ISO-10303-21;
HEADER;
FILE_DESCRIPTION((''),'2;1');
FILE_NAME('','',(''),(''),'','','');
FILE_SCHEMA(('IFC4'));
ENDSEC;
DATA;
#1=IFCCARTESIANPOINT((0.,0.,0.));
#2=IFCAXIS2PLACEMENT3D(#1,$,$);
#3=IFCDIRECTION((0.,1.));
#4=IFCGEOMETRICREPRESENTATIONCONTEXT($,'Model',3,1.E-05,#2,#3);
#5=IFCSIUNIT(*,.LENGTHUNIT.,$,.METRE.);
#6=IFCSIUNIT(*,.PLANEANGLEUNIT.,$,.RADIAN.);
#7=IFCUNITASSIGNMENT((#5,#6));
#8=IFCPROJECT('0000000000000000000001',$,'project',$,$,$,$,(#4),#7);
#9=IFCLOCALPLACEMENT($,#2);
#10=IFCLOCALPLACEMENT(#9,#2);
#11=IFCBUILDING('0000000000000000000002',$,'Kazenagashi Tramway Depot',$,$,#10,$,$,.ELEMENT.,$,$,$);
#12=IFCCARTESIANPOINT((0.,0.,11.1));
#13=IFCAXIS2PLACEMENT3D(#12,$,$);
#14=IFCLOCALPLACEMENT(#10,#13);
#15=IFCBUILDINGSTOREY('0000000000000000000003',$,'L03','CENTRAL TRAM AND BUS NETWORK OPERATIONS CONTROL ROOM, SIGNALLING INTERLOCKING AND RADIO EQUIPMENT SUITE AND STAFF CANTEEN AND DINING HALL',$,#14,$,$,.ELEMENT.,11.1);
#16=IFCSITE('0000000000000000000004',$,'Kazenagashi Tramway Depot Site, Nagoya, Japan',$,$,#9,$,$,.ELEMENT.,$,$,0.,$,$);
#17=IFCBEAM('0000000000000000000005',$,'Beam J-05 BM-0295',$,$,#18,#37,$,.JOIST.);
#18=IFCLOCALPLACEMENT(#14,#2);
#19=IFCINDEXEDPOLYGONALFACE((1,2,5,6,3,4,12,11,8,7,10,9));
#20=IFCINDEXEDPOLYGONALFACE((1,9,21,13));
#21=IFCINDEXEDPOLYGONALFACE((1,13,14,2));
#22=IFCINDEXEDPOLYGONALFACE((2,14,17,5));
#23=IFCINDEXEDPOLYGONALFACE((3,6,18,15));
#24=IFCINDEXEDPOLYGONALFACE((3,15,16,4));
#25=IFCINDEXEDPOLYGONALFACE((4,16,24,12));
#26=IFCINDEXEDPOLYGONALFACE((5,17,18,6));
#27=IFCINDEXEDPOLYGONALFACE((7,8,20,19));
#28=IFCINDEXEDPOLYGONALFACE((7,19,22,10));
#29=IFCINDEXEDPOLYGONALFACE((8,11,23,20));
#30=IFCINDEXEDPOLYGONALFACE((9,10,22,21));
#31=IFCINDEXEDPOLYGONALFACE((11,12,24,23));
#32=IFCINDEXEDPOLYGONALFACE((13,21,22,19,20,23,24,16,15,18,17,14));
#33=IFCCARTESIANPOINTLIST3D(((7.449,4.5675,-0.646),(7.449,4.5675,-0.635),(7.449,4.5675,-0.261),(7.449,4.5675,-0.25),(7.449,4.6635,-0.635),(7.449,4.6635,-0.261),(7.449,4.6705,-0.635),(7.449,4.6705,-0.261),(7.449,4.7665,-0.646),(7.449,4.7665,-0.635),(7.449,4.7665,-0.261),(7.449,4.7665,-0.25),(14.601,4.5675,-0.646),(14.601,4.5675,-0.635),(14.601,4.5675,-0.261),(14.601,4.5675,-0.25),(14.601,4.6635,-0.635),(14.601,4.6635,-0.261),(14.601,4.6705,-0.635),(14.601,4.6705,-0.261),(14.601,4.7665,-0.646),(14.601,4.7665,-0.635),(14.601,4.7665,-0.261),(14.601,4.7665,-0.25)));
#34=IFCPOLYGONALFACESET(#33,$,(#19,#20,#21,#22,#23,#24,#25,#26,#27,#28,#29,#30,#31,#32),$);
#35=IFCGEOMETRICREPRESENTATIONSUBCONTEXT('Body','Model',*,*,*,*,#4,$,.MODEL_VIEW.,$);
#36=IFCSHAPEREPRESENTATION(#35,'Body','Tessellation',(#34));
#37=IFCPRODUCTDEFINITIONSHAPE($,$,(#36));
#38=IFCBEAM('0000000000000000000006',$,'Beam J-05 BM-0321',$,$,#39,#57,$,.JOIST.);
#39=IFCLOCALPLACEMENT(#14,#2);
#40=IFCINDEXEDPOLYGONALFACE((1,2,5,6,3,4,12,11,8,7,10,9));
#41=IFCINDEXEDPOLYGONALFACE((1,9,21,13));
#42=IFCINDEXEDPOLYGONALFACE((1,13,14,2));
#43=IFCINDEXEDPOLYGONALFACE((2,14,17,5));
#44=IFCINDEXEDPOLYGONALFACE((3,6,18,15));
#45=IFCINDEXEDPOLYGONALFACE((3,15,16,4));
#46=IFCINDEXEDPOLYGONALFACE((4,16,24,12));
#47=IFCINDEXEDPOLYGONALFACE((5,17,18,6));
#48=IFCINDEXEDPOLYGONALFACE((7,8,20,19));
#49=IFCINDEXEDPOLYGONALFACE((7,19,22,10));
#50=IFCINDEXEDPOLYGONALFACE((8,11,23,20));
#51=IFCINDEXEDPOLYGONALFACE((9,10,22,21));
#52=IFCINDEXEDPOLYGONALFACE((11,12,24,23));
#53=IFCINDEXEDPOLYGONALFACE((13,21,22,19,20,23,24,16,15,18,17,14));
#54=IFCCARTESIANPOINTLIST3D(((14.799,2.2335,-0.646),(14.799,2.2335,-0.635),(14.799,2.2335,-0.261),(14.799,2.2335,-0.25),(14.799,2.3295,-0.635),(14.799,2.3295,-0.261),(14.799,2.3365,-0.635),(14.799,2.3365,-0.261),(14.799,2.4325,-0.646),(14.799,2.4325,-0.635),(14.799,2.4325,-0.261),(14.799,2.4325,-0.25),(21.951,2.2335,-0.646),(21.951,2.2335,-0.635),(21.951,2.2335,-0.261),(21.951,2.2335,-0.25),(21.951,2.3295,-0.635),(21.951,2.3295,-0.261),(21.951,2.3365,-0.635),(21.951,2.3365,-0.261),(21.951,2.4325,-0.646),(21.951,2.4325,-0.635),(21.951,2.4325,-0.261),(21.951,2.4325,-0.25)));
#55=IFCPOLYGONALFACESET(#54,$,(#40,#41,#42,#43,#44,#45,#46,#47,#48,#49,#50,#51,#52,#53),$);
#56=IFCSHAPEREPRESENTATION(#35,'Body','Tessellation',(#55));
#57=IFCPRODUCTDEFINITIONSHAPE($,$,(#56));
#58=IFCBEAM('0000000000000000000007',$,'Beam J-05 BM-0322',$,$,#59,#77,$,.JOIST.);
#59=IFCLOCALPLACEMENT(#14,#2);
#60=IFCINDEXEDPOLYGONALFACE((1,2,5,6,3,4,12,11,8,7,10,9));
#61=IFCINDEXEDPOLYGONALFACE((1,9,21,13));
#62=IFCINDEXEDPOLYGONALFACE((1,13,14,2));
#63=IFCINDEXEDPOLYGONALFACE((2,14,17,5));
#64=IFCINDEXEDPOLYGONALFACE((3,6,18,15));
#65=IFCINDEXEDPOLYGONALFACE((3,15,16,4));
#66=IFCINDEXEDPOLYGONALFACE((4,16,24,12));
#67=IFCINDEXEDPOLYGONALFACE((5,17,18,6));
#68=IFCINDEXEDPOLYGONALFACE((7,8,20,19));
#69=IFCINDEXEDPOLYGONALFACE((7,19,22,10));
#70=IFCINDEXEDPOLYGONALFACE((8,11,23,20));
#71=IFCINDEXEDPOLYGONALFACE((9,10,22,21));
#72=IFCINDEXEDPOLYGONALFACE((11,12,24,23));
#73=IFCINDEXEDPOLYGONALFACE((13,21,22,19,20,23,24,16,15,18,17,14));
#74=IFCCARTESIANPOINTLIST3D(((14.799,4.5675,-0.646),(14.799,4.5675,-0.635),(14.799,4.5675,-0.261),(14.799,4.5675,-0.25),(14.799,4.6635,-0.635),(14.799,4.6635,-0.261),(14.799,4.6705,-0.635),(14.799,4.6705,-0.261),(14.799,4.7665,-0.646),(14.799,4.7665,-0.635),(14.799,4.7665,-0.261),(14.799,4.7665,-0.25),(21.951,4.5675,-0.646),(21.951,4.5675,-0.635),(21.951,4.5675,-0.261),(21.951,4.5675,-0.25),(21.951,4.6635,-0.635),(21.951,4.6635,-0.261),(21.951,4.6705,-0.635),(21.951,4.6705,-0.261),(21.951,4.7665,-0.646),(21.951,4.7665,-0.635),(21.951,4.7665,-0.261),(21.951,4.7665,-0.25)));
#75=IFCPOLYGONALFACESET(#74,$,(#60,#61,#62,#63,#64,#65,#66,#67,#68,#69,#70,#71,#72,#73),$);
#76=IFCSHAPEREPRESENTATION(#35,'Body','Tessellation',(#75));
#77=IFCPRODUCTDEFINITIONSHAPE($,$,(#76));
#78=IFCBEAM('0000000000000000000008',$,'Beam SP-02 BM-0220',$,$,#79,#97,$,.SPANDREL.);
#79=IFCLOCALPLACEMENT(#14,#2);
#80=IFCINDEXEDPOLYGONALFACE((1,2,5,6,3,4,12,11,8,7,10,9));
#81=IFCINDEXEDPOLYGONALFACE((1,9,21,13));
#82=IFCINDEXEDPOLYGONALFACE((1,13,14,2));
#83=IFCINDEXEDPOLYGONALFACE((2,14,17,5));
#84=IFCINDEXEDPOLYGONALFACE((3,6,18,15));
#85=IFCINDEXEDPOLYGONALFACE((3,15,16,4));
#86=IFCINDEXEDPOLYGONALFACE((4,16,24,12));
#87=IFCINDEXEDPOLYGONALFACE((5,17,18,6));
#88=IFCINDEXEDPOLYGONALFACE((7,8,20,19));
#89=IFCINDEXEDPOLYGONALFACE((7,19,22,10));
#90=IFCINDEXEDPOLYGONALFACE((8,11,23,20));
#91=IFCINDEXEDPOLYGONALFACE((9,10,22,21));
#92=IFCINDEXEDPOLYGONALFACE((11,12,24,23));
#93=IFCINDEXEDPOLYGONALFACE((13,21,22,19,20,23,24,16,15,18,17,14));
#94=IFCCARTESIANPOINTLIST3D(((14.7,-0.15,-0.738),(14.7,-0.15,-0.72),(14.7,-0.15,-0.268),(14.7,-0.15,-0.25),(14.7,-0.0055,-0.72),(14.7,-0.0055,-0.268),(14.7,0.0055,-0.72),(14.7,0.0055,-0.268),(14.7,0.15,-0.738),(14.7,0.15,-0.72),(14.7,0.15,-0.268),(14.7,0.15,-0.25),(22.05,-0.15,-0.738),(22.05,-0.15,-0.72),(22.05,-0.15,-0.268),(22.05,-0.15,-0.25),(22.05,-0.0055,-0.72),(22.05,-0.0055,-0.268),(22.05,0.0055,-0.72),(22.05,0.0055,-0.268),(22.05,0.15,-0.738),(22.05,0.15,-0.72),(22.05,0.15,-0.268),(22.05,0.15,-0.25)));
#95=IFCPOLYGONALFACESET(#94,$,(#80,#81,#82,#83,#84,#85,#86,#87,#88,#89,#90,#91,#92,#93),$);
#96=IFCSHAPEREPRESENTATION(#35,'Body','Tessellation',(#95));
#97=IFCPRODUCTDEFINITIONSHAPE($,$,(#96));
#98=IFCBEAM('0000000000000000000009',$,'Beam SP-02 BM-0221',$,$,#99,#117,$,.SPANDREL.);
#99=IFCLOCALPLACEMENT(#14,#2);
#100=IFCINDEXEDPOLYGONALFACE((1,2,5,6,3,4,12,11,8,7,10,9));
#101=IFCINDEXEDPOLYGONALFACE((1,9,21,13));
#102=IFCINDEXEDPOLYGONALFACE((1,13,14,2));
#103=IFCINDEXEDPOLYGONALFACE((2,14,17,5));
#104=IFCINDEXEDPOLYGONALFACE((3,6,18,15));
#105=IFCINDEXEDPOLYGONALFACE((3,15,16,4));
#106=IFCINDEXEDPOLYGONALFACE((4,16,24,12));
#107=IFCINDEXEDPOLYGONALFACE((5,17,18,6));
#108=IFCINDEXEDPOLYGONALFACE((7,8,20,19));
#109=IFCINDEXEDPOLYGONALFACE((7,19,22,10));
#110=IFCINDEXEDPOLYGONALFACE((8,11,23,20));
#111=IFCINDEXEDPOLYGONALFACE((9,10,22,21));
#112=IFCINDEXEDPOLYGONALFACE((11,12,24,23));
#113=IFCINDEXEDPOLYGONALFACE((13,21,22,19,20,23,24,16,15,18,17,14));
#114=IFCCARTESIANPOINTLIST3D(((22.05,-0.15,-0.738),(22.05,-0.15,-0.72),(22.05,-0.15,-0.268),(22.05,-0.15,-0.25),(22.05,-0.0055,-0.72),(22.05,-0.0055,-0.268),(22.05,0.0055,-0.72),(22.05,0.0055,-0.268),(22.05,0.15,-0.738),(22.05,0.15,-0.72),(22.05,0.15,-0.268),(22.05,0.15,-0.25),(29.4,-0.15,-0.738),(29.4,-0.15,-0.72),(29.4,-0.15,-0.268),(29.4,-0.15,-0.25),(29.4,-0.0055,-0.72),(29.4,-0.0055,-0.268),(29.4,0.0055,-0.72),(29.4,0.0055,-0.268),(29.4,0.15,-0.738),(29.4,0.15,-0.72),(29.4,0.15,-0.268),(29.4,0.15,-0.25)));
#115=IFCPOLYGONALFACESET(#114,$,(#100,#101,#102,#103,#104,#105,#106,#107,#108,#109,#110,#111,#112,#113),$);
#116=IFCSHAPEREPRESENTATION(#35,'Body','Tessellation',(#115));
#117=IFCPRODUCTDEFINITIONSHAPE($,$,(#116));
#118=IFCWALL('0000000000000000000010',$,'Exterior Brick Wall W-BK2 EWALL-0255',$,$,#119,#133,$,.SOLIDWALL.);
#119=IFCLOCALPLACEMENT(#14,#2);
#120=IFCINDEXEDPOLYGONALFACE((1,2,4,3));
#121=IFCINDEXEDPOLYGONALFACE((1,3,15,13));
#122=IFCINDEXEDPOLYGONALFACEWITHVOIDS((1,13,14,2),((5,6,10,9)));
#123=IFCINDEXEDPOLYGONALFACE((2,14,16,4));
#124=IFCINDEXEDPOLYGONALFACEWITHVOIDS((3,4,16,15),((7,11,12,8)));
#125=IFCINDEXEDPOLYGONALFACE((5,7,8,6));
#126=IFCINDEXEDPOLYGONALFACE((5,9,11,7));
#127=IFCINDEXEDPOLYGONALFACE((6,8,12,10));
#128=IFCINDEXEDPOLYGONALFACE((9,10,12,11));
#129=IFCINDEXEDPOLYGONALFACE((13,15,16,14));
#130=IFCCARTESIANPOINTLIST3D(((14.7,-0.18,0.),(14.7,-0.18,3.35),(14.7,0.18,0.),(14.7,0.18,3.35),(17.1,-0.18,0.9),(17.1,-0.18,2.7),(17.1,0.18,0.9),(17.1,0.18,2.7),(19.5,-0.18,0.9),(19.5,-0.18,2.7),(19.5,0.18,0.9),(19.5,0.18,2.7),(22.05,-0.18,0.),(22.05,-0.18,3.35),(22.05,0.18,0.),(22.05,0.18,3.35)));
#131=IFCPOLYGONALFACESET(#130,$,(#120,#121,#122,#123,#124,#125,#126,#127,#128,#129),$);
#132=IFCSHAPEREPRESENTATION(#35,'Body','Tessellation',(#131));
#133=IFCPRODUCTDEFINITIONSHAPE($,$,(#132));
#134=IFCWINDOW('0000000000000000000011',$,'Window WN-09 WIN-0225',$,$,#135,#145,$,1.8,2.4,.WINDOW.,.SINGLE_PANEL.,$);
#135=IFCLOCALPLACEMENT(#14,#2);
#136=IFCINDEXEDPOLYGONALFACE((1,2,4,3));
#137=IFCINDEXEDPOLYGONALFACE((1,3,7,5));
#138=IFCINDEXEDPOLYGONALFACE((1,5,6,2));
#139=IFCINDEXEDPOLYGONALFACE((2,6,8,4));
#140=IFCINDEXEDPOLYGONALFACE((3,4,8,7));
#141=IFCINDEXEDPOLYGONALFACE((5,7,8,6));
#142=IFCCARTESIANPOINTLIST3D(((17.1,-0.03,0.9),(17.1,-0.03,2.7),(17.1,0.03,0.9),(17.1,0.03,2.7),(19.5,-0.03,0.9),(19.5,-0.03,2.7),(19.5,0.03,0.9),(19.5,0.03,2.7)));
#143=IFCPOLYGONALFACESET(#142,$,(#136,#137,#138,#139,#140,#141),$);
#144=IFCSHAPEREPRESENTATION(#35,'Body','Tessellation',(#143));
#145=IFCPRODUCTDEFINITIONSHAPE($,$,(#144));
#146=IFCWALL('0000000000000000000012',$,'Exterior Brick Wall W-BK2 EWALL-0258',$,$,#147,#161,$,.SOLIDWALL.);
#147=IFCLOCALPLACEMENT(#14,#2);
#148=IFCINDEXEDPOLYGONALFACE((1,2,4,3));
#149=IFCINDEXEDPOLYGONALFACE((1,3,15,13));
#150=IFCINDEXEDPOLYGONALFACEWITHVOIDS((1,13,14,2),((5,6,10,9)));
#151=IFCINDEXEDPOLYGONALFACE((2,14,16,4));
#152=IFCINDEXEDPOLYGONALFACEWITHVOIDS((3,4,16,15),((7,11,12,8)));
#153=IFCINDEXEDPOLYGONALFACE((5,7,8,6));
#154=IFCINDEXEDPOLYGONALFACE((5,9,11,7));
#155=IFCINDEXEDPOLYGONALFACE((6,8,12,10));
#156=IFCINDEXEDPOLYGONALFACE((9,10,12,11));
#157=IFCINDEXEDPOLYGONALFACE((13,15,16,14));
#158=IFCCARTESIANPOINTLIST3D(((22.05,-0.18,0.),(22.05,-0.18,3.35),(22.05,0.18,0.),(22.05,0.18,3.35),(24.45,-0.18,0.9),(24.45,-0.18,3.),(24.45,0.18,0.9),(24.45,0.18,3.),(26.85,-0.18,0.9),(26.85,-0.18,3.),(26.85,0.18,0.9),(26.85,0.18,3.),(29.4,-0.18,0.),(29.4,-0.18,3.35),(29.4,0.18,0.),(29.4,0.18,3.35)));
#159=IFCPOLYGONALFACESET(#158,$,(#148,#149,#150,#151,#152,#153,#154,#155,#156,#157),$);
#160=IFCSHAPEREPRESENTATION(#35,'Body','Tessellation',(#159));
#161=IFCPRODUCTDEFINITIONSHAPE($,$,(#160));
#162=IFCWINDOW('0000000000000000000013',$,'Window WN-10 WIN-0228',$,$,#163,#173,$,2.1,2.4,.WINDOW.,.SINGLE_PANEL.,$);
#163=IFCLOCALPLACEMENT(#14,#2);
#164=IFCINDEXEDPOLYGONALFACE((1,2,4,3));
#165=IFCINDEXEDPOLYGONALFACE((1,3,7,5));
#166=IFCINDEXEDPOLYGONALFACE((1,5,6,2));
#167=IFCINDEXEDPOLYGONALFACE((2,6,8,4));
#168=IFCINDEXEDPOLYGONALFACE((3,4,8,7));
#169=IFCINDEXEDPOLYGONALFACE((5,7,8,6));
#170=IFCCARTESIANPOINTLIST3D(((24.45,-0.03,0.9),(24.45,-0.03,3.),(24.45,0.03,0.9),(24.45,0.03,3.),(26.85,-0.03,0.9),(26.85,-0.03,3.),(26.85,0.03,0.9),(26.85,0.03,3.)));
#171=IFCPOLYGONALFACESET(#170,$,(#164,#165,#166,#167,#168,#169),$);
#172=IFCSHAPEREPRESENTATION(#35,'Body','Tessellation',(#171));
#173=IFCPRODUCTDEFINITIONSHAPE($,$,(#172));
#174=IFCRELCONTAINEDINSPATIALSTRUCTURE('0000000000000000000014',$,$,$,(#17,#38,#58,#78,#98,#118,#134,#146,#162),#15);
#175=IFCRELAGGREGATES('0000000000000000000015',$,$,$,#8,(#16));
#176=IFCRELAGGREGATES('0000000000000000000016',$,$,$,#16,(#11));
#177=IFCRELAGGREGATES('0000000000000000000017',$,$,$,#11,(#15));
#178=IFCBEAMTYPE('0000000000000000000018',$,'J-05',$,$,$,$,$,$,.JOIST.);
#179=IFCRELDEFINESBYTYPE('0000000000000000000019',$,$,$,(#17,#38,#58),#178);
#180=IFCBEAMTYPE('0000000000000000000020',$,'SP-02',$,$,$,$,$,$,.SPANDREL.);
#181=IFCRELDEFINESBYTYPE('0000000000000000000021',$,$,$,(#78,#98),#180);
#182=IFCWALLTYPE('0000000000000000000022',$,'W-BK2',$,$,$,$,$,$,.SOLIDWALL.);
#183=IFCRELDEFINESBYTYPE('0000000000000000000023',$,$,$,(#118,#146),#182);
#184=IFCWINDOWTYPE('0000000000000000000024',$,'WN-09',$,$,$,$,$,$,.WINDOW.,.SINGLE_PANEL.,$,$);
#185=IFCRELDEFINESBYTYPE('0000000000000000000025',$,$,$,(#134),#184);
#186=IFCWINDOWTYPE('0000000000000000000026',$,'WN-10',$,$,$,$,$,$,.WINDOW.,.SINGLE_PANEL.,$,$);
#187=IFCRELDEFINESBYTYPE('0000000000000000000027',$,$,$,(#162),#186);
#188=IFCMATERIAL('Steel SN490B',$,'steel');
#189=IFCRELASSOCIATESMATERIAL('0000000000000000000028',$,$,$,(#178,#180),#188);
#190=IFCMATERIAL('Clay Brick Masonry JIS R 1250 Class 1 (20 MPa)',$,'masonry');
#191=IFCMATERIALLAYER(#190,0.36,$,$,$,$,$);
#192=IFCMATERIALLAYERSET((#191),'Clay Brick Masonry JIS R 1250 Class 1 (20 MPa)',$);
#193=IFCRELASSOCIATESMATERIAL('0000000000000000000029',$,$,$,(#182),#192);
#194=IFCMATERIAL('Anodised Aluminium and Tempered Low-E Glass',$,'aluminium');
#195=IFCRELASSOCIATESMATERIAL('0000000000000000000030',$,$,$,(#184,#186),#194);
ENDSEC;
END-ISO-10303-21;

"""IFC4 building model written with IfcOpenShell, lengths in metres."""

from ifc_helpers import new_model, si_unit, direction, frame, frame_2d, origin, origin_2d, place, context, subcontext, project, spatial, rectangle, i_section, extrude, material, layer, layer_set, material_profile, profile_set, type_object, element, fill, save


model = new_model("IFC4")

# Units and contexts
model_context = context("Model", 3, precision=1e-05, world=origin(), true_north=direction((0.0, 1.0)))
body_context = subcontext(model_context, "Body", "Model", "MODEL_VIEW")
ifc_project = project(units=[si_unit("LENGTHUNIT", "METRE"), si_unit("PLANEANGLEUNIT", "RADIAN")], contexts=[model_context])

# Site, building, storey
site_placement = place(None, origin())
site = spatial("IfcSite", under=ifc_project, at=site_placement, Name="Kazenagashi Tramway Depot Site, Nagoya, Japan", CompositionType="ELEMENT", RefElevation=0.0)
building_placement = place(site_placement, origin())
building = spatial("IfcBuilding", under=site, at=building_placement, Name="Kazenagashi Tramway Depot", CompositionType="ELEMENT")
storey_placement = place(building_placement, frame((0.0, 0.0, 11.1)))
storey = spatial("IfcBuildingStorey", under=building, at=storey_placement, Name="L03", Description="CENTRAL TRAM AND BUS NETWORK OPERATIONS CONTROL ROOM, SIGNALLING INTERLOCKING AND RADIO EQUIPMENT SUITE AND STAFF CANTEEN AND DINING HALL", CompositionType="ELEMENT", Elevation=11.1)

# Shared definitions
ifc_material_1 = material(Name="Steel SN490B", Category="steel")

# Beams
ifc_material_profile_1 = material_profile(ifc_material_1, i_section(OverallWidth=0.199, OverallDepth=0.396, WebThickness=0.007, FlangeThickness=0.011, at=origin_2d()), Name="H-396x199x7x11")
ifc_profile_set_1 = profile_set([ifc_material_profile_1], Name="Steel SN490B")
beam_type_1 = type_object("IfcBeamType", Name="J-05", PredefinedType="JOIST", material=ifc_profile_set_1)
for number, where, z_axis, x_axis, name in (
    (1, (7.449, 4.667, -0.448), (1.0, 0.0, 0.0), (0.0, 1.0, 0.0), "Beam J-05 BM-0295"),
    (2, (14.799, 2.333, -0.448), (1.0, 0.0, 0.0), (0.0, 1.0, 0.0), "Beam J-05 BM-0321"),
    (3, (14.799, 4.667, -0.448), (1.0, 0.0, 0.0), (0.0, 1.0, 0.0), "Beam J-05 BM-0322"),
):
    element("IfcBeam", number, at=place(storey_placement, frame(where, z_axis=z_axis, x_axis=x_axis)), inside=storey, type_object=beam_type_1, Name=name, PredefinedType="JOIST", context=body_context, shape_type="SweptSolid", body=[
        extrude(i_section(OverallWidth=0.199, OverallDepth=0.396, WebThickness=0.007, FlangeThickness=0.011, at=origin_2d()), origin(), (0.0, 0.0, 1.0), 7.152),
    ])
ifc_material_profile_2 = material_profile(ifc_material_1, i_section(OverallWidth=0.3, OverallDepth=0.488, WebThickness=0.011, FlangeThickness=0.018, at=origin_2d()), Name="H-488x300x11x18")
ifc_profile_set_2 = profile_set([ifc_material_profile_2], Name="Steel SN490B")
beam_type_2 = type_object("IfcBeamType", Name="SP-02", PredefinedType="SPANDREL", material=ifc_profile_set_2)
for number, where, z_axis, x_axis, name in (
    (4, (14.7, 0.0, -0.494), (1.0, 0.0, 0.0), (0.0, 1.0, 0.0), "Beam SP-02 BM-0220"),
    (5, (22.05, 0.0, -0.494), (1.0, 0.0, 0.0), (0.0, 1.0, 0.0), "Beam SP-02 BM-0221"),
):
    element("IfcBeam", number, at=place(storey_placement, frame(where, z_axis=z_axis, x_axis=x_axis)), inside=storey, type_object=beam_type_2, Name=name, PredefinedType="SPANDREL", context=body_context, shape_type="SweptSolid", body=[
        extrude(i_section(OverallWidth=0.3, OverallDepth=0.488, WebThickness=0.011, FlangeThickness=0.018, at=origin_2d()), origin(), (0.0, 0.0, 1.0), 7.35),
    ])

# Walls, openings, windows
ifc_material_2 = material(Name="Clay Brick Masonry JIS R 1250 Class 1 (20 MPa)", Category="masonry")
ifc_layer = layer(ifc_material_2, 0.36)
ifc_layer_set = layer_set([ifc_layer], Name="Clay Brick Masonry JIS R 1250 Class 1 (20 MPa)")
wall_type = type_object("IfcWallType", Name="W-BK2", PredefinedType="SOLIDWALL", material=ifc_layer_set)
wall_1_placement = place(storey_placement, frame((14.7, 0.0, 0.0), z_axis=(0.0, 0.0, 1.0), x_axis=(1.0, 0.0, 0.0)))
wall_1 = element("IfcWall", 6, at=wall_1_placement, inside=storey, type_object=wall_type, Name="Exterior Brick Wall W-BK2 EWALL-0255", PredefinedType="SOLIDWALL", context=body_context, shape_type="SweptSolid", body=[
    extrude(rectangle(XDim=7.35, YDim=0.36, at=frame_2d((3.675, 0.0))), origin(), (0.0, 0.0, 1.0), 3.35),
])
opening_1_placement = place(wall_1_placement, frame((2.4, 0.0, 0.9)))
opening_1 = element("IfcOpeningElement", 7, at=opening_1_placement, cuts=wall_1, PredefinedType="OPENING", context=body_context, shape_type="SweptSolid", body=[
    extrude(rectangle(XDim=2.4, YDim=1.8, at=frame_2d((1.2, 0.9))), frame((0.0, 0.19, 0.0), z_axis=(0.0, -1.0, 0.0), x_axis=(1.0, 0.0, 0.0)), (0.0, 0.0, 1.0), 0.38),
])
ifc_material_3 = material(Name="Anodised Aluminium and Tempered Low-E Glass", Category="aluminium")
window_type_1 = type_object("IfcWindowType", Name="WN-09", PartitioningType="SINGLE_PANEL", PredefinedType="WINDOW", material=ifc_material_3)
window_1_placement = place(opening_1_placement, origin())
window_1 = element("IfcWindow", 8, at=window_1_placement, inside=storey, type_object=window_type_1, Name="Window WN-09 WIN-0225", OverallHeight=1.8, OverallWidth=2.4, PartitioningType="SINGLE_PANEL", PredefinedType="WINDOW", context=body_context, shape_type="SweptSolid", body=[
    extrude(rectangle(XDim=2.4, YDim=1.8, at=frame_2d((1.2, 0.9))), frame((0.0, 0.03, 0.0), z_axis=(0.0, -1.0, 0.0), x_axis=(1.0, 0.0, 0.0)), (0.0, 0.0, 1.0), 0.06),
])
fill(opening_1, window_1)
wall_2_placement = place(storey_placement, frame((22.05, 0.0, 0.0), z_axis=(0.0, 0.0, 1.0), x_axis=(1.0, 0.0, 0.0)))
wall_2 = element("IfcWall", 9, at=wall_2_placement, inside=storey, type_object=wall_type, Name="Exterior Brick Wall W-BK2 EWALL-0258", PredefinedType="SOLIDWALL", context=body_context, shape_type="SweptSolid", body=[
    extrude(rectangle(XDim=7.35, YDim=0.36, at=frame_2d((3.675, 0.0))), origin(), (0.0, 0.0, 1.0), 3.35),
])
opening_2_placement = place(wall_2_placement, frame((2.4, 0.0, 0.9)))
opening_2 = element("IfcOpeningElement", 10, at=opening_2_placement, cuts=wall_2, PredefinedType="OPENING", context=body_context, shape_type="SweptSolid", body=[
    extrude(rectangle(XDim=2.4, YDim=2.1, at=frame_2d((1.2, 1.05))), frame((0.0, 0.19, 0.0), z_axis=(0.0, -1.0, 0.0), x_axis=(1.0, 0.0, 0.0)), (0.0, 0.0, 1.0), 0.38),
])
window_type_2 = type_object("IfcWindowType", Name="WN-10", PartitioningType="SINGLE_PANEL", PredefinedType="WINDOW", material=ifc_material_3)
window_2_placement = place(opening_2_placement, origin())
window_2 = element("IfcWindow", 11, at=window_2_placement, inside=storey, type_object=window_type_2, Name="Window WN-10 WIN-0228", OverallHeight=2.1, OverallWidth=2.4, PartitioningType="SINGLE_PANEL", PredefinedType="WINDOW", context=body_context, shape_type="SweptSolid", body=[
    extrude(rectangle(XDim=2.4, YDim=2.1, at=frame_2d((1.2, 1.05))), frame((0.0, 0.03, 0.0), z_axis=(0.0, -1.0, 0.0), x_axis=(1.0, 0.0, 0.0)), (0.0, 0.0, 1.0), 0.06),
])
fill(opening_2, window_2)

save(model, "model.ifc")
